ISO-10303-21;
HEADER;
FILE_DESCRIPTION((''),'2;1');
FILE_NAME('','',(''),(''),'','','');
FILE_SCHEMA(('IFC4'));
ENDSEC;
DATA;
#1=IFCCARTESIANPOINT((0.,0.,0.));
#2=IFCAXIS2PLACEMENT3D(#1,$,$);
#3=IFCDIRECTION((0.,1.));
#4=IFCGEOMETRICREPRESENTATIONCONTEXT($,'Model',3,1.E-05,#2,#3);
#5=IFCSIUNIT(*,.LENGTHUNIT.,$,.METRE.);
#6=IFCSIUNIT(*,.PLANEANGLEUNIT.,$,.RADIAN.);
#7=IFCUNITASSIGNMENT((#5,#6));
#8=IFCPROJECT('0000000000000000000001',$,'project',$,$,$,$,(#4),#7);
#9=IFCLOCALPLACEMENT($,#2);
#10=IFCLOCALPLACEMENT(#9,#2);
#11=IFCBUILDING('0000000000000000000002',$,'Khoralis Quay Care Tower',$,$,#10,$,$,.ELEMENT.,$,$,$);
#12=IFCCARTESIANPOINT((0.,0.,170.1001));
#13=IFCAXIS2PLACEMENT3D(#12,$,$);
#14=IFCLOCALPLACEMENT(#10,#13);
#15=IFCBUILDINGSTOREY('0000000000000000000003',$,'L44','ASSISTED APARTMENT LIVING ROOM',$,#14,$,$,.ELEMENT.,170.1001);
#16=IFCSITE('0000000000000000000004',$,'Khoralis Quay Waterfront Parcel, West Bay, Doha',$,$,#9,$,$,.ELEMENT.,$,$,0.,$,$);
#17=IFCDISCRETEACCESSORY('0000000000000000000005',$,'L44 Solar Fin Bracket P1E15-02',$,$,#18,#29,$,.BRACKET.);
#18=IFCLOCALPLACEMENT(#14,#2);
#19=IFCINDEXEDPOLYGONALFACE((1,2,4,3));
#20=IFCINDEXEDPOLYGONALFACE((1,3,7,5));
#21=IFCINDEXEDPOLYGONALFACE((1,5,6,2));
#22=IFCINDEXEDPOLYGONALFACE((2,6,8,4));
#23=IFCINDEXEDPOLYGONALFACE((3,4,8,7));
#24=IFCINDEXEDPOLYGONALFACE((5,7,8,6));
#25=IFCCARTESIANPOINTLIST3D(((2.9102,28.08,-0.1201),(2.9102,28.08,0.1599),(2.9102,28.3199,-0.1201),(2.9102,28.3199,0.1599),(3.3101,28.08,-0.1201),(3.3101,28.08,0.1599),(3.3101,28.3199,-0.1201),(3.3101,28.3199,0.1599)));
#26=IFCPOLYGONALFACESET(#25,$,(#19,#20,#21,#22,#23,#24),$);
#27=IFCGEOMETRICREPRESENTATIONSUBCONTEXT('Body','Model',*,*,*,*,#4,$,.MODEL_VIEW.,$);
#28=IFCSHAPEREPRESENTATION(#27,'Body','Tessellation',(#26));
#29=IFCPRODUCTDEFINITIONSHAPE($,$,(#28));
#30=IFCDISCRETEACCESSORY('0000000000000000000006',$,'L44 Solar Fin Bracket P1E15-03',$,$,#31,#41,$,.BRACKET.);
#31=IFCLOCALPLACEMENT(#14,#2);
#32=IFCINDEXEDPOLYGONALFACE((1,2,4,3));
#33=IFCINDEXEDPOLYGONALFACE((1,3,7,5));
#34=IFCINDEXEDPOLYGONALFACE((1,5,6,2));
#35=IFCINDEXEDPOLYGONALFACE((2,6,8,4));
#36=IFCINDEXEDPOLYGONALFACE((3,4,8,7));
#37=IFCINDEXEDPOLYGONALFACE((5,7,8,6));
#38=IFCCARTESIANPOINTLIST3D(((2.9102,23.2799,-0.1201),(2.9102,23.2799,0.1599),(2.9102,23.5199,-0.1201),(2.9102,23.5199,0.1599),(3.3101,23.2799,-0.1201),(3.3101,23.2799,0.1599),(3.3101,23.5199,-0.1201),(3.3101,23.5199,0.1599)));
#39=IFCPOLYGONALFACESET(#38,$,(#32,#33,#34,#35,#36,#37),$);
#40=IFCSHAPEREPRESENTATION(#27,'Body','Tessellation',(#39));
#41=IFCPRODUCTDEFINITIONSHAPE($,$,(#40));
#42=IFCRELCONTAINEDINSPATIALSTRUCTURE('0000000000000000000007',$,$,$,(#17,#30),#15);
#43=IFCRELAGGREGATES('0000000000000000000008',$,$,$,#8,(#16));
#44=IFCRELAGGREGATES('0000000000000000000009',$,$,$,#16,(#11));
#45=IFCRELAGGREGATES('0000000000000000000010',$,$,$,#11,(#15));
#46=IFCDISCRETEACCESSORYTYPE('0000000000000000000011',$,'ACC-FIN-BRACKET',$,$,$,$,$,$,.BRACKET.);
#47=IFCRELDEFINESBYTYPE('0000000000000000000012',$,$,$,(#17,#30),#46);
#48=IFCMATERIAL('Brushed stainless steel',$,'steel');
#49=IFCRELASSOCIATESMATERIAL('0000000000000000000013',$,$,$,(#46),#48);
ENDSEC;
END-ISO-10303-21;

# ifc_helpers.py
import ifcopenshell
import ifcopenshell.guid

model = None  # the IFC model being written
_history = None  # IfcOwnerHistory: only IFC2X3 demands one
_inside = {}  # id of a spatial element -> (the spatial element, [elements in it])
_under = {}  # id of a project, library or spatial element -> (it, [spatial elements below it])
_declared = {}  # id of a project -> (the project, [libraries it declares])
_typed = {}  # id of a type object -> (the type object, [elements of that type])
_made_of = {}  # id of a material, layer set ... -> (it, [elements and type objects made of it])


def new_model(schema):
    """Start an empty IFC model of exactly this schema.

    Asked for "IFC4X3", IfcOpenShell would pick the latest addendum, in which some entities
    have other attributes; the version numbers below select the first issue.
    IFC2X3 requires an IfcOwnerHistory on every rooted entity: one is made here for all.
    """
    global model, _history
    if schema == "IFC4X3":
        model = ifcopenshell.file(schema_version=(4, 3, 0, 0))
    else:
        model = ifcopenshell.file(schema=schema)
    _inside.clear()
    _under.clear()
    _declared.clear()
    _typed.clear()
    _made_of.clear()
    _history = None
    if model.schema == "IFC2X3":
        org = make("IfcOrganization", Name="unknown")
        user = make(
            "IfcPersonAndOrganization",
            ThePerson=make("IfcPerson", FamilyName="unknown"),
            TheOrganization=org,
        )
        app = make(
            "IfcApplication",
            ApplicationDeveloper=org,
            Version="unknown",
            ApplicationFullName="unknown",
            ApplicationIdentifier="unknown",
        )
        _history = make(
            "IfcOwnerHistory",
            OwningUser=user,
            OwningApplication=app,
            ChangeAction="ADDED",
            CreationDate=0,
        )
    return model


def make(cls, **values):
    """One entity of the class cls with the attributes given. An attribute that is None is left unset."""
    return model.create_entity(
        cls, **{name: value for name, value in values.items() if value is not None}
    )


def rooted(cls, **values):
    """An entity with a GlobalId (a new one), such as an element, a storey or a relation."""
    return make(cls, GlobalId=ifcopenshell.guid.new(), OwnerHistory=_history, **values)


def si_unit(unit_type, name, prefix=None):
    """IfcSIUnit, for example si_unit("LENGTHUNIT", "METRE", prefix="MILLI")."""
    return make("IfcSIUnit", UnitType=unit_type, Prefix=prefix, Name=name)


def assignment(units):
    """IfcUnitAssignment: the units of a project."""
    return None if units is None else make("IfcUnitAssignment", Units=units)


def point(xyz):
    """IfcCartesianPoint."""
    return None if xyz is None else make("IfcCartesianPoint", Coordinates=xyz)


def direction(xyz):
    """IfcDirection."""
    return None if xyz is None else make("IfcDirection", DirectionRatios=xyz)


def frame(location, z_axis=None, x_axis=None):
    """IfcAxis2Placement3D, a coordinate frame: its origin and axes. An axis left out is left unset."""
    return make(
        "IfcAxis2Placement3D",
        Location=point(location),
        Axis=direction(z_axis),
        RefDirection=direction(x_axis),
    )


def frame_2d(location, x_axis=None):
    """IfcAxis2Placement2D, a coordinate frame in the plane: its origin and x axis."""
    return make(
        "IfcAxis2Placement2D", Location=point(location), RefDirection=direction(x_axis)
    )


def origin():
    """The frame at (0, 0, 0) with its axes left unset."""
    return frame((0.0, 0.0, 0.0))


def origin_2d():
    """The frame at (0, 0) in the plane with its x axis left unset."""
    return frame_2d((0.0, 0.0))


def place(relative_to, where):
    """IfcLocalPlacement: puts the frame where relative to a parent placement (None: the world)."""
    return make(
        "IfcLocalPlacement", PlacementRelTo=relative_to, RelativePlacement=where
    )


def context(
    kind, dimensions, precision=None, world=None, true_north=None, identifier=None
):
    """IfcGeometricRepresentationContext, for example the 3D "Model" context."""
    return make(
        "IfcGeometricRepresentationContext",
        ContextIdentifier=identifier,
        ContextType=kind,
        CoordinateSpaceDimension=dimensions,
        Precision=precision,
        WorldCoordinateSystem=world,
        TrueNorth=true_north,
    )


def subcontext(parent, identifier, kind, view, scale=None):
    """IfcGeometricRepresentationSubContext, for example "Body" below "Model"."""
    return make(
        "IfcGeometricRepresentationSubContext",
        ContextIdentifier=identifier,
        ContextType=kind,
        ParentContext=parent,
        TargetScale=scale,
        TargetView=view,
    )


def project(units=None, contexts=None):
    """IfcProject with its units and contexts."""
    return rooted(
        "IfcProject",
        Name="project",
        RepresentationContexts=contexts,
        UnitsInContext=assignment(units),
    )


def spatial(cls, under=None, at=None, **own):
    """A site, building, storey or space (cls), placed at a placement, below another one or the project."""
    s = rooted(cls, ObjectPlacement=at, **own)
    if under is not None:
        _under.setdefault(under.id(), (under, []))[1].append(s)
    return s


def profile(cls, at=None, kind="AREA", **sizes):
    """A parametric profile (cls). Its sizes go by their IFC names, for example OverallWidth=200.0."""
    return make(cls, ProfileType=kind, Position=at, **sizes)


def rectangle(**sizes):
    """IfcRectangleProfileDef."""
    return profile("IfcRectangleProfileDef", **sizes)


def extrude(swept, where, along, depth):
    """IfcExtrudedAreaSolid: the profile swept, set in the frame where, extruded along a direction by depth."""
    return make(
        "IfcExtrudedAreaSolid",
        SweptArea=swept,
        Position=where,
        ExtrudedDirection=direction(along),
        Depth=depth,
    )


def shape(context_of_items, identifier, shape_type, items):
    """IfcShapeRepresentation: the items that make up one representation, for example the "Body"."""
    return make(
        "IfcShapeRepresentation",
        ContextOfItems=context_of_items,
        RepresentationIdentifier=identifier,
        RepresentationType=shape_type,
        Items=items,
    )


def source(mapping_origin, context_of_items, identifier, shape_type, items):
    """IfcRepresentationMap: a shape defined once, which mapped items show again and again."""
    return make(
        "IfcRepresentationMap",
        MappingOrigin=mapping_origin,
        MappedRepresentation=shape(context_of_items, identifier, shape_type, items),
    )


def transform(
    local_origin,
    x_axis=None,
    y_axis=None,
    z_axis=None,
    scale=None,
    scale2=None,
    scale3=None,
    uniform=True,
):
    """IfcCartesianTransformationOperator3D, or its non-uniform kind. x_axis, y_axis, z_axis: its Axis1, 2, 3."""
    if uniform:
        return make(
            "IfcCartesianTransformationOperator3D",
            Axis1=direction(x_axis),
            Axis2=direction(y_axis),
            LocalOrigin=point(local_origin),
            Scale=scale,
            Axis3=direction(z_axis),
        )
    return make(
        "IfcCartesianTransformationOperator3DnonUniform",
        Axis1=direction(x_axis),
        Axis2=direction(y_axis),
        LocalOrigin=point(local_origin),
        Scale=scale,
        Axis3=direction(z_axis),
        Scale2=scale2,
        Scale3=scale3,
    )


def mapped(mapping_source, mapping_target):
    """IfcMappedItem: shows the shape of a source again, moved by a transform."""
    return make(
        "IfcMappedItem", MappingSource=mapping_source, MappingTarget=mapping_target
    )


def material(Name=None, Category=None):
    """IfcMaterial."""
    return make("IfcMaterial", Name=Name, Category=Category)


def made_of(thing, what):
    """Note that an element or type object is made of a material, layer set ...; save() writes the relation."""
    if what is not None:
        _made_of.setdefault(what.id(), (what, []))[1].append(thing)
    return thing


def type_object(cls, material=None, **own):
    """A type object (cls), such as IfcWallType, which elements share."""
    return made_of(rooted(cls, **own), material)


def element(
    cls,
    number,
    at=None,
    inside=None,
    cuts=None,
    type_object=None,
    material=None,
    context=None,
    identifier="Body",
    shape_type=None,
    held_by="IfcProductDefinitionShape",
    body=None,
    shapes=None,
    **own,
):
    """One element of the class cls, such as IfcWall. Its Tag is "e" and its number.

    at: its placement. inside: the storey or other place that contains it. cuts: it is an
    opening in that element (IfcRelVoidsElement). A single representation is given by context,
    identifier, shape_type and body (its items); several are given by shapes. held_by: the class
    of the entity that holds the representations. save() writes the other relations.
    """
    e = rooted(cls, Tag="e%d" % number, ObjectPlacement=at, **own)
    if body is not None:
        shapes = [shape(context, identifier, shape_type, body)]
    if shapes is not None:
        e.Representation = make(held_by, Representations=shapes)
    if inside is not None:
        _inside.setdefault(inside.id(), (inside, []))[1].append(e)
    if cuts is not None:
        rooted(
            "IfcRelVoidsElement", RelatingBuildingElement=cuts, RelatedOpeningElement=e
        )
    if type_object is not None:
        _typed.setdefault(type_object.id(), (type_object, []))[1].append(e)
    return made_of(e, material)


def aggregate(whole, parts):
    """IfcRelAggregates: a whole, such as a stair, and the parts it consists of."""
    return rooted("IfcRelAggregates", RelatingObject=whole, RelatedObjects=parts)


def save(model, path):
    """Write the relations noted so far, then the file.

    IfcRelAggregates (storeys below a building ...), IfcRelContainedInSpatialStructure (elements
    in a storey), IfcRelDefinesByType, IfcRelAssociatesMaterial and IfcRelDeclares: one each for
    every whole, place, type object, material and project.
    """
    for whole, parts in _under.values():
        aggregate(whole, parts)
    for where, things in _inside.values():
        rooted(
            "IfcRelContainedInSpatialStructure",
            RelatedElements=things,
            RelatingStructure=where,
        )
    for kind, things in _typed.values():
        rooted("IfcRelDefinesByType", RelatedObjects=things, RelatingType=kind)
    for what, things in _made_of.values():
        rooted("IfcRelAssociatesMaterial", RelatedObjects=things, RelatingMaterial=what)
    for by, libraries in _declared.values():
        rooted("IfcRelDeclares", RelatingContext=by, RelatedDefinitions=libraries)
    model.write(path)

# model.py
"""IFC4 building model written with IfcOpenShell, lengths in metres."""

from ifc_helpers import new_model, si_unit, direction, frame, origin, origin_2d, place, context, subcontext, project, spatial, rectangle, extrude, source, transform, mapped, material, type_object, element, save


model = new_model("IFC4")

# Units and contexts
model_context = context("Model", 3, precision=1e-05, world=origin(), true_north=direction((0.0, 1.0)))
body_context = subcontext(model_context, "Body", "Model", "MODEL_VIEW")
ifc_project = project(units=[si_unit("LENGTHUNIT", "METRE"), si_unit("PLANEANGLEUNIT", "RADIAN")], contexts=[model_context])

# Site, building, storey
site_placement = place(None, origin())
site = spatial("IfcSite", under=ifc_project, at=site_placement, Name="Khoralis Quay Waterfront Parcel, West Bay, Doha", CompositionType="ELEMENT", RefElevation=0.0)
building_placement = place(site_placement, origin())
building = spatial("IfcBuilding", under=site, at=building_placement, Name="Khoralis Quay Care Tower", CompositionType="ELEMENT")
storey_placement = place(building_placement, frame((0.0, 0.0, 170.1001)))
storey = spatial("IfcBuildingStorey", under=building, at=storey_placement, Name="L44", Description="ASSISTED APARTMENT LIVING ROOM", CompositionType="ELEMENT", Elevation=170.1001)

# Discrete accessories
ifc_material_1 = material(Name="Brushed stainless steel", Category="steel")
discrete_accessory_type = type_object("IfcDiscreteAccessoryType", Name="ACC-FIN-BRACKET", PredefinedType="BRACKET", material=ifc_material_1)
shared_shape_1 = source(origin(), body_context, "Body", "SweptSolid", [
    extrude(rectangle(XDim=0.3999, YDim=0.24, at=origin_2d()), origin(), (0.0, 0.0, 1.0), 0.28),
])
for number, where, z_axis, x_axis, name in (
    (1, (3.1101, 28.2, -0.1201), (0.0, 0.0, 1.0), (-1.0, 0.0, 0.0), "L44 Solar Fin Bracket P1E15-02"),
    (2, (3.1101, 23.3999, -0.1201), (0.0, 0.0, 1.0), (-1.0, 0.0, 0.0), "L44 Solar Fin Bracket P1E15-03"),
):
    element("IfcDiscreteAccessory", number, at=place(storey_placement, frame(where, z_axis=z_axis, x_axis=x_axis)), inside=storey, type_object=discrete_accessory_type, Name=name, PredefinedType="BRACKET", context=body_context, shape_type="MappedRepresentation", body=[
        mapped(shared_shape_1, transform((0.0, 0.0, 0.0), scale=1.0)),
    ])

save(model, "model.ifc")
